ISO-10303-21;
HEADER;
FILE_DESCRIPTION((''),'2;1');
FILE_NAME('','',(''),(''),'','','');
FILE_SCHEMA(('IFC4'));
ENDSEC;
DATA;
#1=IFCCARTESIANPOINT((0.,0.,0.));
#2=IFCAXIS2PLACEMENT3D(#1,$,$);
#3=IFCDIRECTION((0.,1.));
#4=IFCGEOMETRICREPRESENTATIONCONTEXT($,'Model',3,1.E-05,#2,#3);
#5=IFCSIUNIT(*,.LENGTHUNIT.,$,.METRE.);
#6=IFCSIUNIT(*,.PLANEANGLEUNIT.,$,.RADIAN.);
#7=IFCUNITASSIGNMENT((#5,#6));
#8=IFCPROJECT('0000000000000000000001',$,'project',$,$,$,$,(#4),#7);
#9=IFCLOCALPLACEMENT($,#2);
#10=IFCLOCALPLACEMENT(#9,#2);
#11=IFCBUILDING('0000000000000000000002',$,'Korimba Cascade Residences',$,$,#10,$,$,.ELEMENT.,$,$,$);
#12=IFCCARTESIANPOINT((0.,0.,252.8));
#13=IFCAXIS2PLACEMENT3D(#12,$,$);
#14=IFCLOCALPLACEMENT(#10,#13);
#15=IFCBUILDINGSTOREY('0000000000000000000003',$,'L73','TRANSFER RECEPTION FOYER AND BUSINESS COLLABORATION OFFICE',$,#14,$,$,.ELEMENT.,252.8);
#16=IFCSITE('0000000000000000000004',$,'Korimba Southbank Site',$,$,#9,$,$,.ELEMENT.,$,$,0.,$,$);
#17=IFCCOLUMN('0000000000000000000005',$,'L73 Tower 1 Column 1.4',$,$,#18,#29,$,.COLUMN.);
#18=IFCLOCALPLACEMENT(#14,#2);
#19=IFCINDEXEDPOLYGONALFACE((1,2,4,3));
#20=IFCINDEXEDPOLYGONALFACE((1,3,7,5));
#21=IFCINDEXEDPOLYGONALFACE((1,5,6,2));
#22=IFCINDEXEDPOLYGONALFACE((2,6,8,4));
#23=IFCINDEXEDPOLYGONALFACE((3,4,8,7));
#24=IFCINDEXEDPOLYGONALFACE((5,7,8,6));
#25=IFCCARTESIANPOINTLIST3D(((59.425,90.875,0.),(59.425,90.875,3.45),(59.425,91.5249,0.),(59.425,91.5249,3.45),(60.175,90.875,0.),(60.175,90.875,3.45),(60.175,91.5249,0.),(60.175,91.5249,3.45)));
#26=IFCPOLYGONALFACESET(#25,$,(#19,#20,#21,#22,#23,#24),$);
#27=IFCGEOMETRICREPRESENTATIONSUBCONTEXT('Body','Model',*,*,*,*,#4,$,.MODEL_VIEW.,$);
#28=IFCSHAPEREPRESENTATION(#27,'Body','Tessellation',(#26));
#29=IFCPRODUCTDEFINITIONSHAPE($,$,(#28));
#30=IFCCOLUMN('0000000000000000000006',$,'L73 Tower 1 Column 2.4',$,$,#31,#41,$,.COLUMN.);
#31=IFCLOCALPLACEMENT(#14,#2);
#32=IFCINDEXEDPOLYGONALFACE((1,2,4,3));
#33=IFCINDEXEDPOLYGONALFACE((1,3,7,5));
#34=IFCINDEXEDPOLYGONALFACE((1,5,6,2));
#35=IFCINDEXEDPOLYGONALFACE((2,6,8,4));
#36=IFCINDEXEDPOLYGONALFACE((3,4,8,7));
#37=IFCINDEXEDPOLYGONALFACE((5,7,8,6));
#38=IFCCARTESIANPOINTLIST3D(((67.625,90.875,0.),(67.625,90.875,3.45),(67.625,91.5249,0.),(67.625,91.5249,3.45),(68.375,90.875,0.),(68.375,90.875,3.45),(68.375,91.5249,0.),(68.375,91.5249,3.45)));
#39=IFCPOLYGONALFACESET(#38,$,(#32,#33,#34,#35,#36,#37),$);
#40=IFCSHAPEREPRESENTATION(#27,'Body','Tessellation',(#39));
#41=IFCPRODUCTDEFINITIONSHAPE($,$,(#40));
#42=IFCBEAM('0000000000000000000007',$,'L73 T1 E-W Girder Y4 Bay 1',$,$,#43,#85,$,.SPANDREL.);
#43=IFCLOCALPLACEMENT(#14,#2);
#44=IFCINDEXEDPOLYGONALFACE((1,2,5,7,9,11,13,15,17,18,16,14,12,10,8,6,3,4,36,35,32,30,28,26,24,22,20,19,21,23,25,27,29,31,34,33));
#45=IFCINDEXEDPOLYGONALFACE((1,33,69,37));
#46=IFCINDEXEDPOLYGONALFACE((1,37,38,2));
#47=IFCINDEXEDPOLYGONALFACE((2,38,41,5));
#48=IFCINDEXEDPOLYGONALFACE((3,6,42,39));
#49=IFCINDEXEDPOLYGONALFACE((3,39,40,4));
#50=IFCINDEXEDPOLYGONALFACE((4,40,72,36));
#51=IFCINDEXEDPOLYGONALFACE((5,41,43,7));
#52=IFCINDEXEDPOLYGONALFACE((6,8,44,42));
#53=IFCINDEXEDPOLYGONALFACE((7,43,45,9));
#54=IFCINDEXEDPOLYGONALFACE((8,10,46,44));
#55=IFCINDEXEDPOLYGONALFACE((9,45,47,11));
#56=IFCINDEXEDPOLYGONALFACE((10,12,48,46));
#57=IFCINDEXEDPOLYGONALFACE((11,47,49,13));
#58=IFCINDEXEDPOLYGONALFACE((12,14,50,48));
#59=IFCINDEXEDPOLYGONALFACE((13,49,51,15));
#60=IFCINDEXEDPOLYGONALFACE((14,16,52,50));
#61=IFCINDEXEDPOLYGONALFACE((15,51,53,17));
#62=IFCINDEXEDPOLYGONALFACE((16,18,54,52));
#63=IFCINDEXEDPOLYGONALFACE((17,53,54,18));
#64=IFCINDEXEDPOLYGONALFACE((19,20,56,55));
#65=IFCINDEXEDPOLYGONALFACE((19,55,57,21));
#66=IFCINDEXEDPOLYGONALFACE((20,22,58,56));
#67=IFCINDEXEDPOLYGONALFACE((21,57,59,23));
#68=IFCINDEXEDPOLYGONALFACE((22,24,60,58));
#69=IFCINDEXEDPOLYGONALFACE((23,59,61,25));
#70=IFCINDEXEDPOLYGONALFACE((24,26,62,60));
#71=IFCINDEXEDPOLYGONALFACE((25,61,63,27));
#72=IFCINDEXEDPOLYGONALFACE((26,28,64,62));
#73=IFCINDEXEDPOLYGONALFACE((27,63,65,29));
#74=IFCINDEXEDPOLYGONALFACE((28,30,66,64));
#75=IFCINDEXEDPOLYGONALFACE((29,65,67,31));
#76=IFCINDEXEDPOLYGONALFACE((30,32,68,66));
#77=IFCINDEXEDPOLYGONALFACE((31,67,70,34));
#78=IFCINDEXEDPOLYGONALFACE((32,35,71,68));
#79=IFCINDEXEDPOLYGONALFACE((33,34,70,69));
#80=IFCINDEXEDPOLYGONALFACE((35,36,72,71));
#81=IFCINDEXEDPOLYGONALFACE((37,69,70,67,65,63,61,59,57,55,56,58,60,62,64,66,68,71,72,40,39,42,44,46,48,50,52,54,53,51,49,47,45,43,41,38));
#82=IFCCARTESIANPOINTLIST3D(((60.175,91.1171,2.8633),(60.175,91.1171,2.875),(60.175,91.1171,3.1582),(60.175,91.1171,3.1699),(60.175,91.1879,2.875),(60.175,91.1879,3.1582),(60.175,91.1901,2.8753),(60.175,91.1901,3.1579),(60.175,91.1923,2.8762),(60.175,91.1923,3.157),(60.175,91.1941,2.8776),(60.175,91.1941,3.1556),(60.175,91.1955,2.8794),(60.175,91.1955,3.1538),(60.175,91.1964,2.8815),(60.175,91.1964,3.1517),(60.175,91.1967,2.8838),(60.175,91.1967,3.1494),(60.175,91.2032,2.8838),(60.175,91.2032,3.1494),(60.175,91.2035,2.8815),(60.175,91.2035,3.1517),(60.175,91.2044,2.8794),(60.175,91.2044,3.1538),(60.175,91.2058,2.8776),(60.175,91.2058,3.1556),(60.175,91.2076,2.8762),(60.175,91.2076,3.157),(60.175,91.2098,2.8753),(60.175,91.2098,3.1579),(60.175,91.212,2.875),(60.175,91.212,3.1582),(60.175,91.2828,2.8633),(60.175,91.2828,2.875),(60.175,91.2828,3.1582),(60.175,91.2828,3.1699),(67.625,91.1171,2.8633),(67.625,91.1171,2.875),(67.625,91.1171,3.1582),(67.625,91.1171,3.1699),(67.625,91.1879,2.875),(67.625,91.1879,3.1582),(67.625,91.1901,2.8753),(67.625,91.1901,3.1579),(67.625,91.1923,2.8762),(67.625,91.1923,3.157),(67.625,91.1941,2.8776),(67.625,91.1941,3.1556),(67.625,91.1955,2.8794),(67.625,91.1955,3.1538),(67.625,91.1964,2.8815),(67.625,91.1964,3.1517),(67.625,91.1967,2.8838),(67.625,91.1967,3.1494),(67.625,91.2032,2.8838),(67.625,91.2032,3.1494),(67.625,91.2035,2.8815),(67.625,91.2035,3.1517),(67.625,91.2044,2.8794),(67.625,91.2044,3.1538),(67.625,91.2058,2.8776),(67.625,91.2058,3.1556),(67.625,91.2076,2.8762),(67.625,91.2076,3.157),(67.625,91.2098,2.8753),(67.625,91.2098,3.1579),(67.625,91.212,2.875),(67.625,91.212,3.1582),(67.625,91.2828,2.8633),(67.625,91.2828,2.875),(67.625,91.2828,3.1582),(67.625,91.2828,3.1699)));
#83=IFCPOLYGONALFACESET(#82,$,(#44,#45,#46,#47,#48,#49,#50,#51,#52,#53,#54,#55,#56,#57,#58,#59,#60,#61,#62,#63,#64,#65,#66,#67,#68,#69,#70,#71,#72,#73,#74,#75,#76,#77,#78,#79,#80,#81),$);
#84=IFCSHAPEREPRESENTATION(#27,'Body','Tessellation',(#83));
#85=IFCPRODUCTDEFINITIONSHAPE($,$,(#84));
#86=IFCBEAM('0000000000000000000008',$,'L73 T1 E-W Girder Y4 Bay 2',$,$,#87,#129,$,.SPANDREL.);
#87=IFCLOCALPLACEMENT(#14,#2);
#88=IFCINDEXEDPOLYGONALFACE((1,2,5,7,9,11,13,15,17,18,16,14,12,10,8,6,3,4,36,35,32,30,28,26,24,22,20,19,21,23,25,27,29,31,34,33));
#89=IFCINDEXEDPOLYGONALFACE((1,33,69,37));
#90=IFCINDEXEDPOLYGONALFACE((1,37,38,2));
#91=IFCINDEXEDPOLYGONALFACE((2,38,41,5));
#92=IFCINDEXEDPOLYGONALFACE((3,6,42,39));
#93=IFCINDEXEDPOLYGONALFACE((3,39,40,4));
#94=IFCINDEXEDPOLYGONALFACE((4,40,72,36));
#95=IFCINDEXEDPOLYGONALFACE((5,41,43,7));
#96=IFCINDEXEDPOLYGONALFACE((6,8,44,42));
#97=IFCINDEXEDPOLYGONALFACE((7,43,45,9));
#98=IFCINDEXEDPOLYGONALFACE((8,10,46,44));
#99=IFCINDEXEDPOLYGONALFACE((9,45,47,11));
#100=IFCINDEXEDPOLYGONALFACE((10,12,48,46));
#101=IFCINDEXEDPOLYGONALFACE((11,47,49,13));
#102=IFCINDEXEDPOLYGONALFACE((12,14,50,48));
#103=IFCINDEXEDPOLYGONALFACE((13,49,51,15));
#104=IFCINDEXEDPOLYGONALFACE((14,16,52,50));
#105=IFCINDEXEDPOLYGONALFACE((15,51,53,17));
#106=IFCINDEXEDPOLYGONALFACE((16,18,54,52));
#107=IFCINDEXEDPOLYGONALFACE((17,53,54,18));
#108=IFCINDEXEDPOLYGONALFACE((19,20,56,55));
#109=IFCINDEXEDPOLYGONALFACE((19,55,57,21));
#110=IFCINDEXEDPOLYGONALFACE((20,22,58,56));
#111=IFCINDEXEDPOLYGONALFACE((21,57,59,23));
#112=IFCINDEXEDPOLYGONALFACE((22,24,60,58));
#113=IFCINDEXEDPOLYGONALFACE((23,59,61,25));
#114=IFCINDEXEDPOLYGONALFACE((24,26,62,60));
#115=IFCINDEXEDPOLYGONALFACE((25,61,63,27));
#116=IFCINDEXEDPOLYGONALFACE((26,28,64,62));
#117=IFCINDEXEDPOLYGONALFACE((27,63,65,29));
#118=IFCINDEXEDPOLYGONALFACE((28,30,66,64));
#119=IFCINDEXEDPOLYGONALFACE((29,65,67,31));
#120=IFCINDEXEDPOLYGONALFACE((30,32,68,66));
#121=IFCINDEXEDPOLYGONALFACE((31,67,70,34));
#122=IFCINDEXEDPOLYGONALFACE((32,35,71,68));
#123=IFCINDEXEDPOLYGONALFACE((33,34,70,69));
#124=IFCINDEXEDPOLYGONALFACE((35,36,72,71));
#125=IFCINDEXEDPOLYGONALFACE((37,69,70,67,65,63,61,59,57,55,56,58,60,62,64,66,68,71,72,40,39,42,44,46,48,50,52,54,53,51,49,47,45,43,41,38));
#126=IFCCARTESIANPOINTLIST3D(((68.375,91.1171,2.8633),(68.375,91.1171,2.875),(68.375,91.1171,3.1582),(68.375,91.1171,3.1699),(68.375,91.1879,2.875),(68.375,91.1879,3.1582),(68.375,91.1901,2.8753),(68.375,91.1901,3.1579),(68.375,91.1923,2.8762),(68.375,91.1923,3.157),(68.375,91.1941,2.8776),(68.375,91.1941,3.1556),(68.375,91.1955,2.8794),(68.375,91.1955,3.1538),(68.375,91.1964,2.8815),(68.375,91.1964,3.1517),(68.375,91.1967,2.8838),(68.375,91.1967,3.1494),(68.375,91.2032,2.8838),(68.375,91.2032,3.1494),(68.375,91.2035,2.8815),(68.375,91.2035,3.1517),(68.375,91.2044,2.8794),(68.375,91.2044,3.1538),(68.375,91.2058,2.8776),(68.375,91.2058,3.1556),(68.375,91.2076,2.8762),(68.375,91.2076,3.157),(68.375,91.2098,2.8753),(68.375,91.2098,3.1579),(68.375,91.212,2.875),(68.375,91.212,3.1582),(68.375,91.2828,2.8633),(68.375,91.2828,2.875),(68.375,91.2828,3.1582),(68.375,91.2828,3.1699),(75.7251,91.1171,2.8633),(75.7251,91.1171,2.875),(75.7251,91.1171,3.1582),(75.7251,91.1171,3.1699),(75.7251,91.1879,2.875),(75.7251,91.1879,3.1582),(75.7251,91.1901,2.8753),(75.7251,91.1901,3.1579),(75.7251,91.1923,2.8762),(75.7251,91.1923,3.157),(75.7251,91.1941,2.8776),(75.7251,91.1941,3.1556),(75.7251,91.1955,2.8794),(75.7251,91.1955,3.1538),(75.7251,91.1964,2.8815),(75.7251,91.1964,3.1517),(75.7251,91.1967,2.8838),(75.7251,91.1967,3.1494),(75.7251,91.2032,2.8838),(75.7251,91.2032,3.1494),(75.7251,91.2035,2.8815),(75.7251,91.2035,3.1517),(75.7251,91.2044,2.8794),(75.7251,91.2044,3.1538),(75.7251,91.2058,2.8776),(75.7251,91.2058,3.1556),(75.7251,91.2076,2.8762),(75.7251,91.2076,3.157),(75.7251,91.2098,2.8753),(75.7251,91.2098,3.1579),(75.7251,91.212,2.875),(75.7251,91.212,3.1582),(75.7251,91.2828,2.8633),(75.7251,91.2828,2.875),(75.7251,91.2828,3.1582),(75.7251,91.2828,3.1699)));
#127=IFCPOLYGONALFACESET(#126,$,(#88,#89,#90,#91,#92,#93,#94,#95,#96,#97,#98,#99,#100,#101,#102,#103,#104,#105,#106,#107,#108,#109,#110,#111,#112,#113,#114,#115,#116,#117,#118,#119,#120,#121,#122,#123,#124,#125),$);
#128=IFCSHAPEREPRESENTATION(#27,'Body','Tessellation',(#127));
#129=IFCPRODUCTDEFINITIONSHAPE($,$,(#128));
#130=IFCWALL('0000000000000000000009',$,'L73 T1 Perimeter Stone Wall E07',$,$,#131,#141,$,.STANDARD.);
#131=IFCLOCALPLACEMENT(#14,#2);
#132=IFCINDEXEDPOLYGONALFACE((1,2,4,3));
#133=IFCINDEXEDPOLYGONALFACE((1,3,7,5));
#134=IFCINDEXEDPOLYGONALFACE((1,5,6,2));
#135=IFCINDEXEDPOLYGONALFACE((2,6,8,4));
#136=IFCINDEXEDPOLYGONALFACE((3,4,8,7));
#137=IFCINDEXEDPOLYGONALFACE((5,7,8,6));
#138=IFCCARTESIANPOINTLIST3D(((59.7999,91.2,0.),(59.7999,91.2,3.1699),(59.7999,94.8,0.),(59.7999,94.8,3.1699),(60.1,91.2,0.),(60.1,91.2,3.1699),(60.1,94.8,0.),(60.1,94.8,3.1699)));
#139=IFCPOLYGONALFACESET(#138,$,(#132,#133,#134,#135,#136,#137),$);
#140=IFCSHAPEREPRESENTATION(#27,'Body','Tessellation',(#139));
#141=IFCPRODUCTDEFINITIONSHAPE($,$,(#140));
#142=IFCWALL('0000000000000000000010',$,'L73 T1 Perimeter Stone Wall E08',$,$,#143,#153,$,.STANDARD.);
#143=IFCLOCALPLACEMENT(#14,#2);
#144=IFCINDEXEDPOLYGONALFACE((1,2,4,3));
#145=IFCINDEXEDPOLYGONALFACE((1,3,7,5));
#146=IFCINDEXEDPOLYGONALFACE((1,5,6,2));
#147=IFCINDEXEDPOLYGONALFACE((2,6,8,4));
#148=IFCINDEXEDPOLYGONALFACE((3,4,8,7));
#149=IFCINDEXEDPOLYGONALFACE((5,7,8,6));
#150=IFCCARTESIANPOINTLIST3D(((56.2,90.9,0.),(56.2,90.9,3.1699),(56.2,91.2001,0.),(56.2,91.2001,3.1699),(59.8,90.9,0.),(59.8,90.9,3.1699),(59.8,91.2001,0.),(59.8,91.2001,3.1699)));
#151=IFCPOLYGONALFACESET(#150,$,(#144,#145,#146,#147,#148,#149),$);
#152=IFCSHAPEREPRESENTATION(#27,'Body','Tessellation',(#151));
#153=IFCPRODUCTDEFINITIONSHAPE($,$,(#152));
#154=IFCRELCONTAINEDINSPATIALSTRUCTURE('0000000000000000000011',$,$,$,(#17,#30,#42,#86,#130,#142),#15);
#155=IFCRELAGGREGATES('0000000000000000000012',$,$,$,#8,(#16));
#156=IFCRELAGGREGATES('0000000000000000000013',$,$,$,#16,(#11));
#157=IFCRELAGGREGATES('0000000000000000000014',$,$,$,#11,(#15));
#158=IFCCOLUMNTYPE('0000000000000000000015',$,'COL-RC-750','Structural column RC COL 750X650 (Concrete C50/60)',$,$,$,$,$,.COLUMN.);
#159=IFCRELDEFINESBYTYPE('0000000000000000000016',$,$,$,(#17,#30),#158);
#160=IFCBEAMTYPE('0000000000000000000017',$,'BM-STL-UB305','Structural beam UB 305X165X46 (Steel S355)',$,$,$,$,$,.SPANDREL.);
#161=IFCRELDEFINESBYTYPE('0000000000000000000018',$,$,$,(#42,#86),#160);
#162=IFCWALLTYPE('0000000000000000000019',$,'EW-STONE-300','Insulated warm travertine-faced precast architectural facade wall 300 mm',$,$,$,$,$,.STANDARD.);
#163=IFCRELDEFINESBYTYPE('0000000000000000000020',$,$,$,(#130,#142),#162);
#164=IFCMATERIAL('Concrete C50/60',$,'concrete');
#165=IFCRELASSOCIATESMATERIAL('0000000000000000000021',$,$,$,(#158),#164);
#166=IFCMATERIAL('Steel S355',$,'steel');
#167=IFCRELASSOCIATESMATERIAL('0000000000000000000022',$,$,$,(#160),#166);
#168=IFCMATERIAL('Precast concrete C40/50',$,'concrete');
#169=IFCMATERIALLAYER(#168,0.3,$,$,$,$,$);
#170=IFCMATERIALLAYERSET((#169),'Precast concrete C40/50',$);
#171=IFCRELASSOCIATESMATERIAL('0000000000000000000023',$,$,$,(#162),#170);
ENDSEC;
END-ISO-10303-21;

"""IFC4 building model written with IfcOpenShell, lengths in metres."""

from ifc_helpers import new_model, si_unit, direction, frame, frame_2d, origin, origin_2d, place, context, subcontext, project, spatial, rectangle, i_section, extrude, material, layer, layer_set, material_profile, profile_set, type_object, element, save


model = new_model("IFC4")

# Units and contexts
model_context = context("Model", 3, precision=1e-05, world=origin(), true_north=direction((0.0, 1.0)))
body_context = subcontext(model_context, "Body", "Model", "MODEL_VIEW")
ifc_project = project(units=[si_unit("LENGTHUNIT", "METRE"), si_unit("PLANEANGLEUNIT", "RADIAN")], contexts=[model_context])

# Site, building, storey
site_placement = place(None, origin())
site = spatial("IfcSite", under=ifc_project, at=site_placement, Name="Korimba Southbank Site", CompositionType="ELEMENT", RefElevation=0.0)
building_placement = place(site_placement, origin())
building = spatial("IfcBuilding", under=site, at=building_placement, Name="Korimba Cascade Residences", CompositionType="ELEMENT")
storey_placement = place(building_placement, frame((0.0, 0.0, 252.8)))
storey = spatial("IfcBuildingStorey", under=building, at=storey_placement, Name="L73", Description="TRANSFER RECEPTION FOYER AND BUSINESS COLLABORATION OFFICE", CompositionType="ELEMENT", Elevation=252.8)

# Columns
ifc_material_1 = material(Name="Concrete C50/60", Category="concrete")
ifc_material_profile_1 = material_profile(ifc_material_1, rectangle(XDim=0.75, YDim=0.6499, at=origin_2d()), Name="Concrete C50/60")
ifc_profile_set_1 = profile_set([ifc_material_profile_1], Name="Concrete C50/60")
column_type = type_object("IfcColumnType", Name="COL-RC-750", Description="Structural column RC COL 750X650 (Concrete C50/60)", PredefinedType="COLUMN", material=ifc_profile_set_1)
for number, where, z_axis, x_axis, name in (
    (1, (59.8, 91.2, 0.0), (0.0, 0.0, 1.0), (1.0, 0.0, 0.0), "L73 Tower 1 Column 1.4"),
    (2, (68.0, 91.2, 0.0), (0.0, 0.0, 1.0), (1.0, 0.0, 0.0), "L73 Tower 1 Column 2.4"),
):
    element("IfcColumn", number, at=place(storey_placement, frame(where, z_axis=z_axis, x_axis=x_axis)), inside=storey, type_object=column_type, Name=name, PredefinedType="COLUMN", context=body_context, shape_type="SweptSolid", body=[
        extrude(rectangle(XDim=0.75, YDim=0.6499, at=origin_2d()), origin(), (0.0, 0.0, 1.0), 3.45),
    ])

# Beams
ifc_material_2 = material(Name="Steel S355", Category="steel")
ifc_material_profile_2 = material_profile(ifc_material_2, i_section(OverallWidth=0.1658, OverallDepth=0.3066, WebThickness=0.0066, FlangeThickness=0.0117, FilletRadius=0.0088, at=origin_2d()), Name="Steel S355")
ifc_profile_set_2 = profile_set([ifc_material_profile_2], Name="Steel S355")
beam_type = type_object("IfcBeamType", Name="BM-STL-UB305", Description="Structural beam UB 305X165X46 (Steel S355)", PredefinedType="SPANDREL", material=ifc_profile_set_2)
beam_1_placement = place(storey_placement, frame((60.175, 91.2, 3.0166), z_axis=(1.0, 0.0, 0.0), x_axis=(0.0, 1.0, 0.0)))
element("IfcBeam", 3, at=beam_1_placement, inside=storey, type_object=beam_type, Name="L73 T1 E-W Girder Y4 Bay 1", PredefinedType="SPANDREL", context=body_context, shape_type="SweptSolid", body=[
    extrude(i_section(OverallWidth=0.1658, OverallDepth=0.3066, WebThickness=0.0066, FlangeThickness=0.0117, FilletRadius=0.0088, at=origin_2d()), origin(), (0.0, 0.0, 1.0), 7.45),
])
beam_2_placement = place(storey_placement, frame((68.375, 91.2, 3.0166), z_axis=(1.0, 0.0, 0.0), x_axis=(0.0, 1.0, 0.0)))
element("IfcBeam", 4, at=beam_2_placement, inside=storey, type_object=beam_type, Name="L73 T1 E-W Girder Y4 Bay 2", PredefinedType="SPANDREL", context=body_context, shape_type="SweptSolid", body=[
    extrude(i_section(OverallWidth=0.1658, OverallDepth=0.3066, WebThickness=0.0066, FlangeThickness=0.0117, FilletRadius=0.0088, at=origin_2d()), origin(), (0.0, 0.0, 1.0), 7.3501),
])

# Walls
ifc_material_3 = material(Name="Precast concrete C40/50", Category="concrete")
ifc_layer_1 = layer(ifc_material_3, 0.3)
ifc_layer_set_1 = layer_set([ifc_layer_1], Name="Precast concrete C40/50")
wall_type_1 = type_object("IfcWallType", Name="EW-STONE-300", Description="Insulated warm travertine-faced precast architectural facade wall 300 mm", PredefinedType="STANDARD", material=ifc_layer_set_1)
for number, where, z_axis, x_axis, name in (
    (5, (59.95, 94.8, 0.0), (0.0, 0.0, 1.0), (0.0, -1.0, 0.0), "L73 T1 Perimeter Stone Wall E07"),
    (6, (59.8, 91.05, 0.0), (0.0, 0.0, 1.0), (-1.0, 0.0, 0.0), "L73 T1 Perimeter Stone Wall E08"),
):
    element("IfcWall", number, at=place(storey_placement, frame(where, z_axis=z_axis, x_axis=x_axis)), inside=storey, type_object=wall_type_1, Name=name, PredefinedType="STANDARD", context=body_context, shape_type="SweptSolid", body=[
        extrude(rectangle(XDim=3.6001, YDim=0.3, at=frame_2d((1.8, 0.0))), origin(), (0.0, 0.0, 1.0), 3.1699),
    ])

save(model, "model.ifc")
